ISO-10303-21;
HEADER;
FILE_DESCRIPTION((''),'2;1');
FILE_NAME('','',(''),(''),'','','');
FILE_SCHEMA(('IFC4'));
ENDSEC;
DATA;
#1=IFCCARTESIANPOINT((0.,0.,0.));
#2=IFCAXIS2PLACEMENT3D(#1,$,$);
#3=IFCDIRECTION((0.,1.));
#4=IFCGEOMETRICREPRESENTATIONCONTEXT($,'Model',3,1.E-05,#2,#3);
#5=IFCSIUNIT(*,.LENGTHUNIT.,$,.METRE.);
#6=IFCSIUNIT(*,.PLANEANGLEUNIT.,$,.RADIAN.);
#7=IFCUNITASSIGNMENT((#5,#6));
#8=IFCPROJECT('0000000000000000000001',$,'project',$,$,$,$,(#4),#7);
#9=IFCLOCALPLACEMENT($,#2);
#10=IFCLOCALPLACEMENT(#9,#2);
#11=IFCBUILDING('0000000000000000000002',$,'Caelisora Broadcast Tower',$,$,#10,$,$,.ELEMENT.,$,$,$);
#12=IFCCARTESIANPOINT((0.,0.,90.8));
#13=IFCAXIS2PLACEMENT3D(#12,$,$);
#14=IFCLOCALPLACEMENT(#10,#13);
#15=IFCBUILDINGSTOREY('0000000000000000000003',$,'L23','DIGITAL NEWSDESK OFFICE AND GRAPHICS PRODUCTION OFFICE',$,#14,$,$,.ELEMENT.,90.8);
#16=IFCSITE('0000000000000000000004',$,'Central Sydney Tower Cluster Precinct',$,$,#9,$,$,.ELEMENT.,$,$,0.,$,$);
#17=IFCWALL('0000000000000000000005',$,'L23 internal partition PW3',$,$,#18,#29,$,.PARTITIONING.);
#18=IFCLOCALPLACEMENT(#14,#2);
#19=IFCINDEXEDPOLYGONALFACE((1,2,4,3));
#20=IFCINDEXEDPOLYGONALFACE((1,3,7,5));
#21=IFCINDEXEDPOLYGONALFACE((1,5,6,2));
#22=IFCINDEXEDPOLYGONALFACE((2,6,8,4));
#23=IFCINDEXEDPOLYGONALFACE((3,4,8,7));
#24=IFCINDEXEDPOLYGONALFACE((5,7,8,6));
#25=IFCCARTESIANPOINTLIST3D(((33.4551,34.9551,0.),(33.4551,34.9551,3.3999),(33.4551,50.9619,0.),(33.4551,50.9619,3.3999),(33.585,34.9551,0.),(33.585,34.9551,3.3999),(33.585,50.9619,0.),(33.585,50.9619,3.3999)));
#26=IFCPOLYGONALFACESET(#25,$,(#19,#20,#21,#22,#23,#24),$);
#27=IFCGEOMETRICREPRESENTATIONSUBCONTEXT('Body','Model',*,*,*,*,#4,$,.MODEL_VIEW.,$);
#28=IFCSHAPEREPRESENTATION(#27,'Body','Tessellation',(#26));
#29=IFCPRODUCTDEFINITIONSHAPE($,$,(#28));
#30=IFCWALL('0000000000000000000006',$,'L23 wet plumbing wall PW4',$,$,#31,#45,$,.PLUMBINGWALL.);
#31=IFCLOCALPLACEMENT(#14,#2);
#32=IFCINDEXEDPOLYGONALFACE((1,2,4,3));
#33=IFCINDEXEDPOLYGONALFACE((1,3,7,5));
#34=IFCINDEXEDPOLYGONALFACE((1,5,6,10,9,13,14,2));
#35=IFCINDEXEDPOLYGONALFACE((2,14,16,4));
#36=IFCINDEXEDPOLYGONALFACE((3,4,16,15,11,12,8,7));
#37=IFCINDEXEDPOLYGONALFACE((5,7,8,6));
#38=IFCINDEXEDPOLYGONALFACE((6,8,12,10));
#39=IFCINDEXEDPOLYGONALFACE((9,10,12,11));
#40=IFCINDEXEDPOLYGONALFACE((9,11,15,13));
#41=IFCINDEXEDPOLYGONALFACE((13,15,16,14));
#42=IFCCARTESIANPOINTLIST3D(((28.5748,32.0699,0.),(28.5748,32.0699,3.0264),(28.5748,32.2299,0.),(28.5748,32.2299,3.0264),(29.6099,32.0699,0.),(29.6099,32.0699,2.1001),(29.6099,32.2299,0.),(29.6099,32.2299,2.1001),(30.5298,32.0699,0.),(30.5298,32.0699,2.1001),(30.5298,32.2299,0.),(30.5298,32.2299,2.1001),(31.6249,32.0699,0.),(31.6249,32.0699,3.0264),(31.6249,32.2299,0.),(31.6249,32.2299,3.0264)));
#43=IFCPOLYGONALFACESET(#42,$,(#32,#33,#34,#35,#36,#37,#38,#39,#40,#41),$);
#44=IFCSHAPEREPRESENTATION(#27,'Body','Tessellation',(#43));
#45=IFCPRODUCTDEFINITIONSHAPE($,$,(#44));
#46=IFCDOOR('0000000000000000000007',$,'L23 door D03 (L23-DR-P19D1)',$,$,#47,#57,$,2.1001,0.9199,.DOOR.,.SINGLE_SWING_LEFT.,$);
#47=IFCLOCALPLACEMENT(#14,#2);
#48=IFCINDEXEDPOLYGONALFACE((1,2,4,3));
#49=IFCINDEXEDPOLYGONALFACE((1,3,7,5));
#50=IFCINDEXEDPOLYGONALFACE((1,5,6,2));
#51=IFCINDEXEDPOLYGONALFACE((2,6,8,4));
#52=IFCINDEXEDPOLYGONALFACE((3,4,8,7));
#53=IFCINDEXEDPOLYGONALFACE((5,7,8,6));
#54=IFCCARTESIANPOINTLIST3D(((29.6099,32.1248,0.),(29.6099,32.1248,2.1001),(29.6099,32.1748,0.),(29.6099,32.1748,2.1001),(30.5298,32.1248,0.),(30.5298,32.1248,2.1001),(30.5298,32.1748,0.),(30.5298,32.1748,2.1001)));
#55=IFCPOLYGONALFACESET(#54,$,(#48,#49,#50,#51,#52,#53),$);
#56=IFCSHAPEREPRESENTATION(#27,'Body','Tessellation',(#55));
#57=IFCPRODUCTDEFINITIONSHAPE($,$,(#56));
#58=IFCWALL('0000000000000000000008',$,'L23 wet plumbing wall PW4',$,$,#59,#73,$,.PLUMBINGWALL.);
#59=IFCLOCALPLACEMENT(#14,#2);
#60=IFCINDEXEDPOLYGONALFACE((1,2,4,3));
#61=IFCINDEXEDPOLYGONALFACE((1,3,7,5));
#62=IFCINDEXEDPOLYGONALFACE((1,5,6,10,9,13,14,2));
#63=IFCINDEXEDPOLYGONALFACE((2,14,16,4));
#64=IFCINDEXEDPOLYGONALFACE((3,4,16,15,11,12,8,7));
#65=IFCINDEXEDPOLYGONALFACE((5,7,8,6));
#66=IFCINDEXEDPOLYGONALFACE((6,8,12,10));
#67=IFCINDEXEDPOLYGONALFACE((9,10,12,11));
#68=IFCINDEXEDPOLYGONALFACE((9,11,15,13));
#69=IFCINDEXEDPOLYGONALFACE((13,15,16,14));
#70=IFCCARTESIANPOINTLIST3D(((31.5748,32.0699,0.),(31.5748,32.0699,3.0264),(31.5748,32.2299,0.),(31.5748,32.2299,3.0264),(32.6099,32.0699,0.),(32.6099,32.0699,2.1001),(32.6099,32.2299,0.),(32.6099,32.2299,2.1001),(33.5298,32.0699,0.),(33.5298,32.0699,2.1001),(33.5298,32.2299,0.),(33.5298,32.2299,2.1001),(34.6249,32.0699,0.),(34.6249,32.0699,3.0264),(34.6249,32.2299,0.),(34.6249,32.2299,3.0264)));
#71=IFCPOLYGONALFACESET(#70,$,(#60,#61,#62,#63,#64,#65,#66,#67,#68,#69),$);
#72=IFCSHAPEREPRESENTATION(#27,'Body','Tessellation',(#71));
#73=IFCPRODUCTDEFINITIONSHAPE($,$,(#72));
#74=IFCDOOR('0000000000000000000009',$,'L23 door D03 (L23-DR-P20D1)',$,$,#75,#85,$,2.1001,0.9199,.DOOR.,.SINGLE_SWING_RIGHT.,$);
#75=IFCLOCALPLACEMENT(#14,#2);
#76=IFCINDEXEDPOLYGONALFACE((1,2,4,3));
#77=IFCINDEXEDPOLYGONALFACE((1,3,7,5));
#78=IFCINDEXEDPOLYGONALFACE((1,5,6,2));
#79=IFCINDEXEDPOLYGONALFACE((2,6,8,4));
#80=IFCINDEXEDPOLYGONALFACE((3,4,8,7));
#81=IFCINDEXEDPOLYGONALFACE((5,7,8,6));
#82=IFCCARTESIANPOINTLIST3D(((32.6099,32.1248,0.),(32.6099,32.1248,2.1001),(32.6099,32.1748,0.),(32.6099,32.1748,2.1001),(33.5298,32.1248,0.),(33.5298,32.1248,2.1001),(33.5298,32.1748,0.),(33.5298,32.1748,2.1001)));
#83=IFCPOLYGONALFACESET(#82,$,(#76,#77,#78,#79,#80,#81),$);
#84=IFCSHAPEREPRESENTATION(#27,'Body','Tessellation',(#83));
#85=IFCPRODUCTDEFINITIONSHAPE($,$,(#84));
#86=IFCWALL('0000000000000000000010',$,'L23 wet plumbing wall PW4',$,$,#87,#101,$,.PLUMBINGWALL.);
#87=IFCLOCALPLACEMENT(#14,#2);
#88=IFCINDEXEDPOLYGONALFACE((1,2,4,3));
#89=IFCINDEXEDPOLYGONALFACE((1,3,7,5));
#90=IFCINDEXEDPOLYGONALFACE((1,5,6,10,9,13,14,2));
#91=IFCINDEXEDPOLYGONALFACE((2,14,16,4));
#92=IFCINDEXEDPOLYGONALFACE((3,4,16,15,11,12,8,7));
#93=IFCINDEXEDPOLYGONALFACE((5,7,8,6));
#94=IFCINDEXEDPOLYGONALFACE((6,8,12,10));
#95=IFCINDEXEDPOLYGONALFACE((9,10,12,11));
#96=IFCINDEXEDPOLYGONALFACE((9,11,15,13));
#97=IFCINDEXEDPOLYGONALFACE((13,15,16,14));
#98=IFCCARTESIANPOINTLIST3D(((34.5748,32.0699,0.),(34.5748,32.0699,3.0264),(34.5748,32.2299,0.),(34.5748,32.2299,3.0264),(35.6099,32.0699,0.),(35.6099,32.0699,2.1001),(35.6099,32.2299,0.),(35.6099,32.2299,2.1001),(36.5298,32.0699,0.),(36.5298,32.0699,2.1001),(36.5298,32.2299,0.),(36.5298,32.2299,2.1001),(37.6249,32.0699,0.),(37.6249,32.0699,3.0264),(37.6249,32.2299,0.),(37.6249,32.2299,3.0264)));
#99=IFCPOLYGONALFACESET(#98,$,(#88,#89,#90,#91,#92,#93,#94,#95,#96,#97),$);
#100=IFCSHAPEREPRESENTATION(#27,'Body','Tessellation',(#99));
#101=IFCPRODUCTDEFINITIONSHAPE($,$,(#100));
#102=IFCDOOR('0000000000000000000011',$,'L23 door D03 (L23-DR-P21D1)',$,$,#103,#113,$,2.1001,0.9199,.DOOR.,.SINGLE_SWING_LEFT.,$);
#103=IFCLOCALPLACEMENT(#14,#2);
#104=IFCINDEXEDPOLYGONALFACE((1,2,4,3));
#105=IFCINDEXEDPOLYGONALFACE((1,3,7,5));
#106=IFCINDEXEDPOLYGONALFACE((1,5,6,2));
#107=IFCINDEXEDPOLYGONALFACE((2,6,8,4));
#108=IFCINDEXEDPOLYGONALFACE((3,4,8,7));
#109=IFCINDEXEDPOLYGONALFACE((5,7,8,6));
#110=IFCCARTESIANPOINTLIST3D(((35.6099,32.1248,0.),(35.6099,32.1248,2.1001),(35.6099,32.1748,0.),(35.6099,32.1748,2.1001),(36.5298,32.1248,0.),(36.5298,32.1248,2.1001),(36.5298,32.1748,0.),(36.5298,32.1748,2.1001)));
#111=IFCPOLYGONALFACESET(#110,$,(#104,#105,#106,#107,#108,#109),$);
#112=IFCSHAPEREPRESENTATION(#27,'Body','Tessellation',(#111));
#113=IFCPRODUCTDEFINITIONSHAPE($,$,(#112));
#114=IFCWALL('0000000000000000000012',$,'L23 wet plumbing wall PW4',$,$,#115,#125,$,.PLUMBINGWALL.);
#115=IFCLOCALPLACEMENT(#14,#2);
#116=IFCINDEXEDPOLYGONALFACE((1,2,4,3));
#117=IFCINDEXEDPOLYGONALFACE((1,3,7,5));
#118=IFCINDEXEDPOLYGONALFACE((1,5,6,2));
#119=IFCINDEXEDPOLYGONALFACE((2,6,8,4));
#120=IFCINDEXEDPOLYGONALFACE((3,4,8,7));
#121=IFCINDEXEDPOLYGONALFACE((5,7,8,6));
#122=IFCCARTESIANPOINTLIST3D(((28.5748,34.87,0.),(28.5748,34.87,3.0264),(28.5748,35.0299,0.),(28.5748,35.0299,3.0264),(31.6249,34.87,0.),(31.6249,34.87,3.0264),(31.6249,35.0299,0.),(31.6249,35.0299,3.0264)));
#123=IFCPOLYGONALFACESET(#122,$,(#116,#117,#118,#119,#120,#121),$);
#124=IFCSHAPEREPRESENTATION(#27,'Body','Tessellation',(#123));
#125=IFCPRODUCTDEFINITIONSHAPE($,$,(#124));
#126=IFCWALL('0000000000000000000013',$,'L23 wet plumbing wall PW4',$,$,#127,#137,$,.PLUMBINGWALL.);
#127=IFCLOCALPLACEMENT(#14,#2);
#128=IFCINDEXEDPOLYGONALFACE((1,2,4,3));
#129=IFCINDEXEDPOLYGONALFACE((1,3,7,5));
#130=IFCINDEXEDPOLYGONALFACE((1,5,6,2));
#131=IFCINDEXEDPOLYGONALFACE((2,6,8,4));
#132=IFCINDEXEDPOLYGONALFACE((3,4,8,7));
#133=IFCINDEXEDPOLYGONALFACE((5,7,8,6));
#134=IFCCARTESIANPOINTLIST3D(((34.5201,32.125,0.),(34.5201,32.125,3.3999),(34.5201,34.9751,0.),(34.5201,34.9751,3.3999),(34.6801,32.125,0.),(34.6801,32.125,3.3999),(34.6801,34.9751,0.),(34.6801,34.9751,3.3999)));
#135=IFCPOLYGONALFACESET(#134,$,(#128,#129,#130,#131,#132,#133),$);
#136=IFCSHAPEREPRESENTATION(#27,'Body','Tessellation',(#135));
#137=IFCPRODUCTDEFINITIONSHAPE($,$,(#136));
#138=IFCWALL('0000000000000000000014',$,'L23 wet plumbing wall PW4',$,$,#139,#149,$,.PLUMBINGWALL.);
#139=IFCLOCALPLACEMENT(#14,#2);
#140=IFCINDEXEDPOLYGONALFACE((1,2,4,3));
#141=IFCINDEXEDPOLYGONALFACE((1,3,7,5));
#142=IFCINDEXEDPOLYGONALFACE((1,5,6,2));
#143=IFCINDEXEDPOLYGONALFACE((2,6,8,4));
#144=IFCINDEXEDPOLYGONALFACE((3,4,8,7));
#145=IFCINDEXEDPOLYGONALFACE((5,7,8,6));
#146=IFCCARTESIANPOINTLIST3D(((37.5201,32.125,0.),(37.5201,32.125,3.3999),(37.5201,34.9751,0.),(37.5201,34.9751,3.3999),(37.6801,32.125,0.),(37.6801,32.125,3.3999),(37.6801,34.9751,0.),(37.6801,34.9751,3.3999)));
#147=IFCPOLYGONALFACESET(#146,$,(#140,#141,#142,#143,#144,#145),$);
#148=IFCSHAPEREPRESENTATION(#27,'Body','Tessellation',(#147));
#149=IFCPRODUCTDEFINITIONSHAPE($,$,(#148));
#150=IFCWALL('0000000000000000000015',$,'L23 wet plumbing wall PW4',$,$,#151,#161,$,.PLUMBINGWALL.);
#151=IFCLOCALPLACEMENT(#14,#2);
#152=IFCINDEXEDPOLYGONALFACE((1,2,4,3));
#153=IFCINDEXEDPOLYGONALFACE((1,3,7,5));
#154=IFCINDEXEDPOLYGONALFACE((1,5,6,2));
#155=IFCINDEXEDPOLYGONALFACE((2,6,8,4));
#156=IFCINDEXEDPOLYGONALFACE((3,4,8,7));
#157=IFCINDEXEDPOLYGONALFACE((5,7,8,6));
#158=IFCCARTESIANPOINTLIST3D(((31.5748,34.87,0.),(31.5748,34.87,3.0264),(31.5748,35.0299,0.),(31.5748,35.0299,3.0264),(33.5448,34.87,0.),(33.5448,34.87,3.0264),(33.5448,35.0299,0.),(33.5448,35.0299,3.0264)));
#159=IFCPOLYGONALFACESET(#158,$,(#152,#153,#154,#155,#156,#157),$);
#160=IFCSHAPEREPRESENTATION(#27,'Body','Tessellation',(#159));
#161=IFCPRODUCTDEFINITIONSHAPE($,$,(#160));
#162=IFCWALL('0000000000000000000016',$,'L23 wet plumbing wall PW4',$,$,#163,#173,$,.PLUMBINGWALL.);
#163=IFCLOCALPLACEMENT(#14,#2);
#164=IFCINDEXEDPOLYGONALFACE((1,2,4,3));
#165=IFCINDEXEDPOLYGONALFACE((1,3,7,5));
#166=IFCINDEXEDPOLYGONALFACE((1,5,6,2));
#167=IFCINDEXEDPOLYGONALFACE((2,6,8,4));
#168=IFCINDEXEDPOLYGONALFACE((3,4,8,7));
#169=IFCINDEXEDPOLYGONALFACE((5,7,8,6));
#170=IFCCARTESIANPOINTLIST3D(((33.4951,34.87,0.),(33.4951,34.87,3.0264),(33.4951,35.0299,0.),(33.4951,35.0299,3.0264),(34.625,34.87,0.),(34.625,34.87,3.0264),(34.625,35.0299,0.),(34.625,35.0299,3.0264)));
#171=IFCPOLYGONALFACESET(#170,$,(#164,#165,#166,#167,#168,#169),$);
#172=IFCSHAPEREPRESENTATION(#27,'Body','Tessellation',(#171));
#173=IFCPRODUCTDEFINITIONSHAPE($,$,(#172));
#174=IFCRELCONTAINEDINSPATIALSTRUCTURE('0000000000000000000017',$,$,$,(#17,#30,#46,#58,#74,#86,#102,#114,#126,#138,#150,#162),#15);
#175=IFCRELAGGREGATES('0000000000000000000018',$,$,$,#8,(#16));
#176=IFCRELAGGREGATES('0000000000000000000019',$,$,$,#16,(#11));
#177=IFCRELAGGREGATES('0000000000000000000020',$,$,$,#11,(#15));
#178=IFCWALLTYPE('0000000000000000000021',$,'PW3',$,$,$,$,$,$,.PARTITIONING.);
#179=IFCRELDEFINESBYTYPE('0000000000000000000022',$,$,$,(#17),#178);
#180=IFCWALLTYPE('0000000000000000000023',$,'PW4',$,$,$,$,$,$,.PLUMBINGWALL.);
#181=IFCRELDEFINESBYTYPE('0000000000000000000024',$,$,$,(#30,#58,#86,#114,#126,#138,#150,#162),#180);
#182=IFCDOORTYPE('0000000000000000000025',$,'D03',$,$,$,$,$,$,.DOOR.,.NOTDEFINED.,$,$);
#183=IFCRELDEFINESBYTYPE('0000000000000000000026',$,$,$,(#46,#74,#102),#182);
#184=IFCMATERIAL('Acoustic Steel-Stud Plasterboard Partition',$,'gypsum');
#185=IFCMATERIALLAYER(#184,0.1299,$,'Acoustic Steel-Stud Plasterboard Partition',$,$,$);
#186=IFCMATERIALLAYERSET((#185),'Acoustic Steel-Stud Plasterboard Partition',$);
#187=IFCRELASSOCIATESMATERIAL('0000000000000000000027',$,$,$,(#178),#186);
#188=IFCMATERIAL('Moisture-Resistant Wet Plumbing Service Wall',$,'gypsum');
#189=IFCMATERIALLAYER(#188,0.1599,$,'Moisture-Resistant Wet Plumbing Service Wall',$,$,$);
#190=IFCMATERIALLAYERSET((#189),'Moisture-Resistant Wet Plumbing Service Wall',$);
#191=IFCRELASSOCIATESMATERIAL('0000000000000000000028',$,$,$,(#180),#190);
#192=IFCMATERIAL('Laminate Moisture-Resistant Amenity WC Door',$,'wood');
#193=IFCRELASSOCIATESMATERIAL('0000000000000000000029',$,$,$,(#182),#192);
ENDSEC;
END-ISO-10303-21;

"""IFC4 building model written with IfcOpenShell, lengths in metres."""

from ifc_helpers import new_model, si_unit, direction, frame, frame_2d, origin, place, context, subcontext, project, spatial, rectangle, extrude, material, layer, layer_set, type_object, element, fill, save


model = new_model("IFC4")

# Units and contexts
model_context = context("Model", 3, precision=1e-05, world=origin(), true_north=direction((0.0, 1.0)))
body_context = subcontext(model_context, "Body", "Model", "MODEL_VIEW")
ifc_project = project(units=[si_unit("LENGTHUNIT", "METRE"), si_unit("PLANEANGLEUNIT", "RADIAN")], contexts=[model_context])

# Site, building, storey
site_placement = place(None, origin())
site = spatial("IfcSite", under=ifc_project, at=site_placement, Name="Central Sydney Tower Cluster Precinct", CompositionType="ELEMENT", RefElevation=0.0)
building_placement = place(site_placement, origin())
building = spatial("IfcBuilding", under=site, at=building_placement, Name="Caelisora Broadcast Tower", CompositionType="ELEMENT")
storey_placement = place(building_placement, frame((0.0, 0.0, 90.8)))
storey = spatial("IfcBuildingStorey", under=building, at=storey_placement, Name="L23", Description="DIGITAL NEWSDESK OFFICE AND GRAPHICS PRODUCTION OFFICE", CompositionType="ELEMENT", Elevation=90.8)

# Wall
ifc_material_1 = material(Name="Acoustic Steel-Stud Plasterboard Partition", Category="gypsum")
ifc_layer_1 = layer(ifc_material_1, 0.1299, Name="Acoustic Steel-Stud Plasterboard Partition")
ifc_layer_set_1 = layer_set([ifc_layer_1], Name="Acoustic Steel-Stud Plasterboard Partition")
wall_type_1 = type_object("IfcWallType", Name="PW3", PredefinedType="PARTITIONING", material=ifc_layer_set_1)
wall_1_placement = place(storey_placement, frame((33.52, 34.9551, 0.0), z_axis=(0.0, 0.0, 1.0), x_axis=(0.0, 1.0, 0.0)))
element("IfcWall", 1, at=wall_1_placement, inside=storey, type_object=wall_type_1, Name="L23 internal partition PW3", PredefinedType="PARTITIONING", context=body_context, shape_type="SweptSolid", body=[
    extrude(rectangle(XDim=16.0068, YDim=0.1299, at=frame_2d((8.0034, 0.0))), origin(), (0.0, 0.0, 1.0), 3.3999),
])

# Walls, openings, doors
ifc_material_2 = material(Name="Moisture-Resistant Wet Plumbing Service Wall", Category="gypsum")
ifc_layer_2 = layer(ifc_material_2, 0.1599, Name="Moisture-Resistant Wet Plumbing Service Wall")
ifc_layer_set_2 = layer_set([ifc_layer_2], Name="Moisture-Resistant Wet Plumbing Service Wall")
wall_type_2 = type_object("IfcWallType", Name="PW4", PredefinedType="PLUMBINGWALL", material=ifc_layer_set_2)
wall_2_placement = place(storey_placement, frame((28.575, 32.1499, 0.0), z_axis=(0.0, 0.0, 1.0), x_axis=(1.0, 0.0, 0.0)))
wall_2 = element("IfcWall", 2, at=wall_2_placement, inside=storey, type_object=wall_type_2, Name="L23 wet plumbing wall PW4", PredefinedType="PLUMBINGWALL", context=body_context, shape_type="SweptSolid", body=[
    extrude(rectangle(XDim=3.05, YDim=0.1599, at=frame_2d((1.5249, 0.0))), origin(), (0.0, 0.0, 1.0), 3.0264),
])
opening_1_placement = place(wall_2_placement, frame((1.0349, 0.0, 0.0)))
opening_1 = element("IfcOpeningElement", 3, at=opening_1_placement, cuts=wall_2, PredefinedType="OPENING", context=body_context, shape_type="SweptSolid", body=[
    extrude(rectangle(XDim=0.9199, YDim=2.1001, at=frame_2d((0.46, 1.05))), frame((0.0, 0.092, 0.0), z_axis=(0.0, -1.0, 0.0), x_axis=(1.0, 0.0, 0.0)), (0.0, 0.0, 1.0), 0.1838),
])
ifc_material_3 = material(Name="Laminate Moisture-Resistant Amenity WC Door", Category="wood")
door_type_1 = type_object("IfcDoorType", Name="D03", OperationType="NOTDEFINED", PredefinedType="DOOR", material=ifc_material_3)
door_1_placement = place(opening_1_placement, origin())
door_1 = element("IfcDoor", 4, at=door_1_placement, inside=storey, type_object=door_type_1, Name="L23 door D03 (L23-DR-P19D1)", OperationType="SINGLE_SWING_LEFT", OverallHeight=2.1001, OverallWidth=0.9199, PredefinedType="DOOR", context=body_context, shape_type="SweptSolid", body=[
    extrude(rectangle(XDim=0.9199, YDim=2.1001, at=frame_2d((0.46, 1.05))), frame((0.0, 0.0249, 0.0), z_axis=(0.0, -1.0, 0.0), x_axis=(1.0, 0.0, 0.0)), (0.0, 0.0, 1.0), 0.05),
])
fill(opening_1, door_1)
wall_3_placement = place(storey_placement, frame((31.575, 32.1499, 0.0), z_axis=(0.0, 0.0, 1.0), x_axis=(1.0, 0.0, 0.0)))
wall_3 = element("IfcWall", 5, at=wall_3_placement, inside=storey, type_object=wall_type_2, Name="L23 wet plumbing wall PW4", PredefinedType="PLUMBINGWALL", context=body_context, shape_type="SweptSolid", body=[
    extrude(rectangle(XDim=3.05, YDim=0.1599, at=frame_2d((1.5249, 0.0))), origin(), (0.0, 0.0, 1.0), 3.0264),
])
opening_2_placement = place(wall_3_placement, frame((1.0349, 0.0, 0.0)))
opening_2 = element("IfcOpeningElement", 6, at=opening_2_placement, cuts=wall_3, PredefinedType="OPENING", context=body_context, shape_type="SweptSolid", body=[
    extrude(rectangle(XDim=0.9199, YDim=2.1001, at=frame_2d((0.46, 1.05))), frame((0.0, 0.092, 0.0), z_axis=(0.0, -1.0, 0.0), x_axis=(1.0, 0.0, 0.0)), (0.0, 0.0, 1.0), 0.1838),
])
door_2_placement = place(opening_2_placement, origin())
door_2 = element("IfcDoor", 7, at=door_2_placement, inside=storey, type_object=door_type_1, Name="L23 door D03 (L23-DR-P20D1)", OperationType="SINGLE_SWING_RIGHT", OverallHeight=2.1001, OverallWidth=0.9199, PredefinedType="DOOR", context=body_context, shape_type="SweptSolid", body=[
    extrude(rectangle(XDim=0.9199, YDim=2.1001, at=frame_2d((0.46, 1.05))), frame((0.0, 0.0249, 0.0), z_axis=(0.0, -1.0, 0.0), x_axis=(1.0, 0.0, 0.0)), (0.0, 0.0, 1.0), 0.05),
])
fill(opening_2, door_2)
wall_4_placement = place(storey_placement, frame((34.575, 32.1499, 0.0), z_axis=(0.0, 0.0, 1.0), x_axis=(1.0, 0.0, 0.0)))
wall_4 = element("IfcWall", 8, at=wall_4_placement, inside=storey, type_object=wall_type_2, Name="L23 wet plumbing wall PW4", PredefinedType="PLUMBINGWALL", context=body_context, shape_type="SweptSolid", body=[
    extrude(rectangle(XDim=3.05, YDim=0.1599, at=frame_2d((1.5249, 0.0))), origin(), (0.0, 0.0, 1.0), 3.0264),
])
opening_3_placement = place(wall_4_placement, frame((1.0349, 0.0, 0.0)))
opening_3 = element("IfcOpeningElement", 9, at=opening_3_placement, cuts=wall_4, PredefinedType="OPENING", context=body_context, shape_type="SweptSolid", body=[
    extrude(rectangle(XDim=0.9199, YDim=2.1001, at=frame_2d((0.46, 1.05))), frame((0.0, 0.092, 0.0), z_axis=(0.0, -1.0, 0.0), x_axis=(1.0, 0.0, 0.0)), (0.0, 0.0, 1.0), 0.1838),
])
door_3_placement = place(opening_3_placement, origin())
door_3 = element("IfcDoor", 10, at=door_3_placement, inside=storey, type_object=door_type_1, Name="L23 door D03 (L23-DR-P21D1)", OperationType="SINGLE_SWING_LEFT", OverallHeight=2.1001, OverallWidth=0.9199, PredefinedType="DOOR", context=body_context, shape_type="SweptSolid", body=[
    extrude(rectangle(XDim=0.9199, YDim=2.1001, at=frame_2d((0.46, 1.05))), frame((0.0, 0.0249, 0.0), z_axis=(0.0, -1.0, 0.0), x_axis=(1.0, 0.0, 0.0)), (0.0, 0.0, 1.0), 0.05),
])
fill(opening_3, door_3)

# Walls
wall_5_placement = place(storey_placement, frame((28.575, 34.95, 0.0), z_axis=(0.0, 0.0, 1.0), x_axis=(1.0, 0.0, 0.0)))
element("IfcWall", 11, at=wall_5_placement, inside=storey, type_object=wall_type_2, Name="L23 wet plumbing wall PW4", PredefinedType="PLUMBINGWALL", context=body_context, shape_type="SweptSolid", body=[
    extrude(rectangle(XDim=3.05, YDim=0.1599, at=frame_2d((1.5249, 0.0))), origin(), (0.0, 0.0, 1.0), 3.0264),
])
for number, where, z_axis, x_axis, name in (
    (12, (34.6001, 32.125, 0.0), (0.0, 0.0, 1.0), (0.0, 1.0, 0.0), "L23 wet plumbing wall PW4"),
    (13, (37.6001, 32.125, 0.0), (0.0, 0.0, 1.0), (0.0, 1.0, 0.0), "L23 wet plumbing wall PW4"),
):
    element("IfcWall", number, at=place(storey_placement, frame(where, z_axis=z_axis, x_axis=x_axis)), inside=storey, type_object=wall_type_2, Name=name, PredefinedType="PLUMBINGWALL", context=body_context, shape_type="SweptSolid", body=[
        extrude(rectangle(XDim=2.8501, YDim=0.1599, at=frame_2d((1.425, 0.0))), origin(), (0.0, 0.0, 1.0), 3.3999),
    ])
wall_6_placement = place(storey_placement, frame((31.575, 34.95, 0.0), z_axis=(0.0, 0.0, 1.0), x_axis=(1.0, 0.0, 0.0)))
element("IfcWall", 14, at=wall_6_placement, inside=storey, type_object=wall_type_2, Name="L23 wet plumbing wall PW4", PredefinedType="PLUMBINGWALL", context=body_context, shape_type="SweptSolid", body=[
    extrude(rectangle(XDim=1.97, YDim=0.1599, at=frame_2d((0.9849, 0.0))), origin(), (0.0, 0.0, 1.0), 3.0264),
])
wall_7_placement = place(storey_placement, frame((33.4951, 34.95, 0.0), z_axis=(0.0, 0.0, 1.0), x_axis=(1.0, 0.0, 0.0)))
element("IfcWall", 15, at=wall_7_placement, inside=storey, type_object=wall_type_2, Name="L23 wet plumbing wall PW4", PredefinedType="PLUMBINGWALL", context=body_context, shape_type="SweptSolid", body=[
    extrude(rectangle(XDim=1.1299, YDim=0.1599, at=frame_2d((0.5649, 0.0))), origin(), (0.0, 0.0, 1.0), 3.0264),
])

save(model, "model.ifc")
